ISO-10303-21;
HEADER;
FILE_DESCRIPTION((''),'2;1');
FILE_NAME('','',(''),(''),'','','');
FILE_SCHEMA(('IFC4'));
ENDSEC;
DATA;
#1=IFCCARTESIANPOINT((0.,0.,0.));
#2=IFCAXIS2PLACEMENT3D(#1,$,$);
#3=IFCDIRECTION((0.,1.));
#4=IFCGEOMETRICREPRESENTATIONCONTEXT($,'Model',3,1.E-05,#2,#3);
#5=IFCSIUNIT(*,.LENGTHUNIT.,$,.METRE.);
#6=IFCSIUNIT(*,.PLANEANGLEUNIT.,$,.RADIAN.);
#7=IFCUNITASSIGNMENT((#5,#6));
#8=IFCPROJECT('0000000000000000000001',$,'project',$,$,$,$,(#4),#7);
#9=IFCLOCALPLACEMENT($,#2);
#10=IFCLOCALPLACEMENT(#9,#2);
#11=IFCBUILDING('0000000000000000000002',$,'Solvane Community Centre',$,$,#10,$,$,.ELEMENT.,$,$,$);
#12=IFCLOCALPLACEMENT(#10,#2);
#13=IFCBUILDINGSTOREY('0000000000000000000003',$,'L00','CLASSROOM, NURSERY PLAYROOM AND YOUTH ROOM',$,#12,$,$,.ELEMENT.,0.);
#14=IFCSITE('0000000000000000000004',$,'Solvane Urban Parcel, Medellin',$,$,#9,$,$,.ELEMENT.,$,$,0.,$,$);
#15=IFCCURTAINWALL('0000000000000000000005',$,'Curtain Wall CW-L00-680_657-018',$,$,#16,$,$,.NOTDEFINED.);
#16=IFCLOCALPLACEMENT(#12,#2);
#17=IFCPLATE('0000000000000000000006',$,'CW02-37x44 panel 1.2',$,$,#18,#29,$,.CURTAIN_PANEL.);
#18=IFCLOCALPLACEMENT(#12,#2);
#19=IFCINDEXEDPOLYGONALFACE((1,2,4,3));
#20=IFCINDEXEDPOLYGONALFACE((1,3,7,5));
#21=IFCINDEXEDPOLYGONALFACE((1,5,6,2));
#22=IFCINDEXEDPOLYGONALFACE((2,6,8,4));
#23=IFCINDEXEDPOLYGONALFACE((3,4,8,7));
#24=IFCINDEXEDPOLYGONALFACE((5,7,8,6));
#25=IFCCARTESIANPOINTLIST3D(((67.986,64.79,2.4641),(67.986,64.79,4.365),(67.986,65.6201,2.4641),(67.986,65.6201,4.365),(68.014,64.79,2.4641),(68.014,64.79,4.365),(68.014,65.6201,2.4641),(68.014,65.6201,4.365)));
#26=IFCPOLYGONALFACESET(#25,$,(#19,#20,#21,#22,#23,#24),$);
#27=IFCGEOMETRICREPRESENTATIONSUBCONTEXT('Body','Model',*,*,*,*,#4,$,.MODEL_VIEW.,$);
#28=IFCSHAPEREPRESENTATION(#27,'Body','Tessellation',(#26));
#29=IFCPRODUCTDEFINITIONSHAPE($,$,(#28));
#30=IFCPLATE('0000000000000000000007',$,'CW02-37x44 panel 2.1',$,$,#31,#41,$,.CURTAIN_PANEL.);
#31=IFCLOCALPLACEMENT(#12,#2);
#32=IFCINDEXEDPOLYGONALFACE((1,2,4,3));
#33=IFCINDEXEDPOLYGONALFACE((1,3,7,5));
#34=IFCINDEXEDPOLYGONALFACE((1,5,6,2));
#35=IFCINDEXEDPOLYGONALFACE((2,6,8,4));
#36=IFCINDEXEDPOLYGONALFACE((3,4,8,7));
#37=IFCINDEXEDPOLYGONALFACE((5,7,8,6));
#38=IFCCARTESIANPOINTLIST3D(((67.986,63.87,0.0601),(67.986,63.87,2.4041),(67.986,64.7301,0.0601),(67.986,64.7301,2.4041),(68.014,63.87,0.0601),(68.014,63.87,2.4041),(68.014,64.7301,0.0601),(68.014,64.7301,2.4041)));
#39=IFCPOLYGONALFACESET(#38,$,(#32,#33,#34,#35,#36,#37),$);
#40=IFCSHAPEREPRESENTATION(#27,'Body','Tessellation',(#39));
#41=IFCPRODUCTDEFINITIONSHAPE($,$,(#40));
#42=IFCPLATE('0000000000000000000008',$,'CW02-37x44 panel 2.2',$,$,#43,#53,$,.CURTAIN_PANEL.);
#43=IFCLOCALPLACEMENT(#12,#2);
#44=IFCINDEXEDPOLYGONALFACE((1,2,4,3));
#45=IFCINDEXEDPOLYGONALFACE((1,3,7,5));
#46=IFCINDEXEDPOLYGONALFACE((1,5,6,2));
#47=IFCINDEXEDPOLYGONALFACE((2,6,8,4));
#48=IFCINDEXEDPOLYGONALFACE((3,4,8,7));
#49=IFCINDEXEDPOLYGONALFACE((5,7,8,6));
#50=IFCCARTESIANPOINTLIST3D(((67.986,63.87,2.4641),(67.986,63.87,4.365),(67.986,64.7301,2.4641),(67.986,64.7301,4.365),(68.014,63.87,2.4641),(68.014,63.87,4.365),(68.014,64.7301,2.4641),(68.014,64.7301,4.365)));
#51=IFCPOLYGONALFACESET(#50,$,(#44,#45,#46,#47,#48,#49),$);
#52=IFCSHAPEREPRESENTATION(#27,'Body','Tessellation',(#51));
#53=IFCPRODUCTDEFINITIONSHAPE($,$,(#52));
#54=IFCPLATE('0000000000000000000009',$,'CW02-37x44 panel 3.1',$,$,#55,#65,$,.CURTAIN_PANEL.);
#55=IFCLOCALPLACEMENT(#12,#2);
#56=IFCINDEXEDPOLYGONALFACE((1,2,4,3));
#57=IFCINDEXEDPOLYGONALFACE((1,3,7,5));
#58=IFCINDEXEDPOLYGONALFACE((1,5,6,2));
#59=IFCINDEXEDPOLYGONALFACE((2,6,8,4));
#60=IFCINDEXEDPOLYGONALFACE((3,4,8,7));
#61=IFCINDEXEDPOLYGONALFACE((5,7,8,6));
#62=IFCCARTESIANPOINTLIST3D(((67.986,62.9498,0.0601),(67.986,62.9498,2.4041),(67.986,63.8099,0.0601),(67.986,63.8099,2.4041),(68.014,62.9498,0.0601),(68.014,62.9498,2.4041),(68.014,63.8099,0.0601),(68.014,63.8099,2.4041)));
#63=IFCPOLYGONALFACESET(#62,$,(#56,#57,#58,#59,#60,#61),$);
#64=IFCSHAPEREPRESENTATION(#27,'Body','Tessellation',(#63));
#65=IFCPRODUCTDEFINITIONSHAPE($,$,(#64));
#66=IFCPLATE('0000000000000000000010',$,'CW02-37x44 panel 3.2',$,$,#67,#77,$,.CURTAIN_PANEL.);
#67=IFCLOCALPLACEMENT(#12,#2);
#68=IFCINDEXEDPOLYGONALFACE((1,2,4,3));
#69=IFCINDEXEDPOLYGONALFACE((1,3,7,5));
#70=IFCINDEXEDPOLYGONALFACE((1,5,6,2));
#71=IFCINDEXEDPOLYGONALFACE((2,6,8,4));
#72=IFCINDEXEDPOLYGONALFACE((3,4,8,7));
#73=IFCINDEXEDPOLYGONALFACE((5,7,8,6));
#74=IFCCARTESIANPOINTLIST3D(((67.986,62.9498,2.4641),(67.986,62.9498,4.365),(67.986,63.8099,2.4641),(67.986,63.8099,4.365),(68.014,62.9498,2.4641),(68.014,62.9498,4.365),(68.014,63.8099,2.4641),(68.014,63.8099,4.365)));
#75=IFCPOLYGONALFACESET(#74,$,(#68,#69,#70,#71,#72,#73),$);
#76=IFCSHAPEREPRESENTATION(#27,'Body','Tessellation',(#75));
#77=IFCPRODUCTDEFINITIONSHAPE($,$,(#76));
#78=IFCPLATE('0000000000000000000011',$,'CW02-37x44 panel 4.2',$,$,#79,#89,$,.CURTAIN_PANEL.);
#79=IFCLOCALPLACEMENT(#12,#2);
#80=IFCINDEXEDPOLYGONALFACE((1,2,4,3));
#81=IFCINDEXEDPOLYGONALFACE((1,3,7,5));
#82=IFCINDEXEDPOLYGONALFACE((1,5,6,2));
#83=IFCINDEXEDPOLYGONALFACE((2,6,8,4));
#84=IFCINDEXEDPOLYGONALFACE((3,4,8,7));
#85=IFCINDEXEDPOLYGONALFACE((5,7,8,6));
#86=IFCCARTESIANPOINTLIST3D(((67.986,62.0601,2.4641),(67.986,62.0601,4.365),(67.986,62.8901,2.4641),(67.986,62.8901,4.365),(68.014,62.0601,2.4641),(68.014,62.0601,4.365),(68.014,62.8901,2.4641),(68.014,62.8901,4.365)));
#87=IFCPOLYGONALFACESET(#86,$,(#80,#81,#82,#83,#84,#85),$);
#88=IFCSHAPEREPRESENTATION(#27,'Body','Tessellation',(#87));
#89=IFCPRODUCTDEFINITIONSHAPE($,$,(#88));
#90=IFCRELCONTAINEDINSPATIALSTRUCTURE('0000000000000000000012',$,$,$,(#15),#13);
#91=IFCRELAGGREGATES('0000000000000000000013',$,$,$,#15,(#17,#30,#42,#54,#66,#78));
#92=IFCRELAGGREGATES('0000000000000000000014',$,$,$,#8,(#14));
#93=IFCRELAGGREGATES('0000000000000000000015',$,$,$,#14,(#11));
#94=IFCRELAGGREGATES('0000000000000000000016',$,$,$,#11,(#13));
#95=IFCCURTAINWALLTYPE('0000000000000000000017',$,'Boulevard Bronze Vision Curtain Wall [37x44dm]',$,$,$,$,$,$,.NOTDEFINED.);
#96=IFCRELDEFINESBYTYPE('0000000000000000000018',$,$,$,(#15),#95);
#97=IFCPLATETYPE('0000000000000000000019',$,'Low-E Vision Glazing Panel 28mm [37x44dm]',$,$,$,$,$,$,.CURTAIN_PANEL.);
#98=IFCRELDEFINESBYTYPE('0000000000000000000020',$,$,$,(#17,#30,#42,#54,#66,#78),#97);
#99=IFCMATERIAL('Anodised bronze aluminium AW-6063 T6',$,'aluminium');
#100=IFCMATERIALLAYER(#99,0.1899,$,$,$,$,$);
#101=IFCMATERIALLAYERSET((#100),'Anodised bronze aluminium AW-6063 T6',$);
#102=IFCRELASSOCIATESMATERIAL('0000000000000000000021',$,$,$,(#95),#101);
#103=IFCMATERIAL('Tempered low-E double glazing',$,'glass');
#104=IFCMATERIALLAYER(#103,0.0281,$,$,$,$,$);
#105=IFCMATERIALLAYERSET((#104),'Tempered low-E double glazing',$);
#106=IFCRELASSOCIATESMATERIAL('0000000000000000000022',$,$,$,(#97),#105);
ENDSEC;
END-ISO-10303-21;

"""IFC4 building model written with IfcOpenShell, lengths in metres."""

from ifc_helpers import new_model, si_unit, direction, frame, origin, origin_2d, place, context, subcontext, project, spatial, rectangle, extrude, material, layer, layer_set, type_object, element, aggregate, save


model = new_model("IFC4")

# Units and contexts
model_context = context("Model", 3, precision=1e-05, world=origin(), true_north=direction((0.0, 1.0)))
body_context = subcontext(model_context, "Body", "Model", "MODEL_VIEW")
ifc_project = project(units=[si_unit("LENGTHUNIT", "METRE"), si_unit("PLANEANGLEUNIT", "RADIAN")], contexts=[model_context])

# Site, building, storey
site_placement = place(None, origin())
site = spatial("IfcSite", under=ifc_project, at=site_placement, Name="Solvane Urban Parcel, Medellin", CompositionType="ELEMENT", RefElevation=0.0)
building_placement = place(site_placement, origin())
building = spatial("IfcBuilding", under=site, at=building_placement, Name="Solvane Community Centre", CompositionType="ELEMENT")
storey_placement = place(building_placement, origin())
storey = spatial("IfcBuildingStorey", under=building, at=storey_placement, Name="L00", Description="CLASSROOM, NURSERY PLAYROOM AND YOUTH ROOM", CompositionType="ELEMENT", Elevation=0.0)

# Curtain wall, plates
ifc_material_1 = material(Name="Anodised bronze aluminium AW-6063 T6", Category="aluminium")
ifc_layer_1 = layer(ifc_material_1, 0.1899)
ifc_layer_set_1 = layer_set([ifc_layer_1], Name="Anodised bronze aluminium AW-6063 T6")
curtain_wall_type = type_object("IfcCurtainWallType", Name="Boulevard Bronze Vision Curtain Wall [37x44dm]", PredefinedType="NOTDEFINED", material=ifc_layer_set_1)
curtain_wall_placement = place(storey_placement, origin())
curtain_wall = element("IfcCurtainWall", 1, at=curtain_wall_placement, inside=storey, type_object=curtain_wall_type, Name="Curtain Wall CW-L00-680_657-018", PredefinedType="NOTDEFINED")
ifc_material_2 = material(Name="Tempered low-E double glazing", Category="glass")
ifc_layer_2 = layer(ifc_material_2, 0.0281)
ifc_layer_set_2 = layer_set([ifc_layer_2], Name="Tempered low-E double glazing")
plate_type = type_object("IfcPlateType", Name="Low-E Vision Glazing Panel 28mm [37x44dm]", PredefinedType="CURTAIN_PANEL", material=ifc_layer_set_2)
plate_1_placement = place(storey_placement, frame((68.0, 65.2051, 2.4641), z_axis=(0.0, 0.0, 1.0), x_axis=(0.0, -1.0, 0.0)))
plate_1 = element("IfcPlate", 2, at=plate_1_placement, type_object=plate_type, Name="CW02-37x44 panel 1.2", PredefinedType="CURTAIN_PANEL", context=body_context, shape_type="SweptSolid", body=[
    extrude(rectangle(XDim=0.8301, YDim=0.0281, at=origin_2d()), origin(), (0.0, 0.0, 1.0), 1.9009),
])
plate_2_placement = place(storey_placement, frame((68.0, 64.3, 0.0601), z_axis=(0.0, 0.0, 1.0), x_axis=(0.0, -1.0, 0.0)))
plate_2 = element("IfcPlate", 3, at=plate_2_placement, type_object=plate_type, Name="CW02-37x44 panel 2.1", PredefinedType="CURTAIN_PANEL", context=body_context, shape_type="SweptSolid", body=[
    extrude(rectangle(XDim=0.8601, YDim=0.0281, at=origin_2d()), origin(), (0.0, 0.0, 1.0), 2.344),
])
plate_3_placement = place(storey_placement, frame((68.0, 64.3, 2.4641), z_axis=(0.0, 0.0, 1.0), x_axis=(0.0, -1.0, 0.0)))
plate_3 = element("IfcPlate", 4, at=plate_3_placement, type_object=plate_type, Name="CW02-37x44 panel 2.2", PredefinedType="CURTAIN_PANEL", context=body_context, shape_type="SweptSolid", body=[
    extrude(rectangle(XDim=0.8601, YDim=0.0281, at=origin_2d()), origin(), (0.0, 0.0, 1.0), 1.9009),
])
plate_4_placement = place(storey_placement, frame((68.0, 63.3799, 0.0601), z_axis=(0.0, 0.0, 1.0), x_axis=(0.0, -1.0, 0.0)))
plate_4 = element("IfcPlate", 5, at=plate_4_placement, type_object=plate_type, Name="CW02-37x44 panel 3.1", PredefinedType="CURTAIN_PANEL", context=body_context, shape_type="SweptSolid", body=[
    extrude(rectangle(XDim=0.8601, YDim=0.0281, at=origin_2d()), origin(), (0.0, 0.0, 1.0), 2.344),
])
plate_5_placement = place(storey_placement, frame((68.0, 63.3799, 2.4641), z_axis=(0.0, 0.0, 1.0), x_axis=(0.0, -1.0, 0.0)))
plate_5 = element("IfcPlate", 6, at=plate_5_placement, type_object=plate_type, Name="CW02-37x44 panel 3.2", PredefinedType="CURTAIN_PANEL", context=body_context, shape_type="SweptSolid", body=[
    extrude(rectangle(XDim=0.8601, YDim=0.0281, at=origin_2d()), origin(), (0.0, 0.0, 1.0), 1.9009),
])
plate_6_placement = place(storey_placement, frame((68.0, 62.4751, 2.4641), z_axis=(0.0, 0.0, 1.0), x_axis=(0.0, -1.0, 0.0)))
plate_6 = element("IfcPlate", 7, at=plate_6_placement, type_object=plate_type, Name="CW02-37x44 panel 4.2", PredefinedType="CURTAIN_PANEL", context=body_context, shape_type="SweptSolid", body=[
    extrude(rectangle(XDim=0.8301, YDim=0.0281, at=origin_2d()), origin(), (0.0, 0.0, 1.0), 1.9009),
])
aggregate(curtain_wall, [plate_1, plate_2, plate_3, plate_4, plate_5, plate_6])

save(model, "model.ifc")
